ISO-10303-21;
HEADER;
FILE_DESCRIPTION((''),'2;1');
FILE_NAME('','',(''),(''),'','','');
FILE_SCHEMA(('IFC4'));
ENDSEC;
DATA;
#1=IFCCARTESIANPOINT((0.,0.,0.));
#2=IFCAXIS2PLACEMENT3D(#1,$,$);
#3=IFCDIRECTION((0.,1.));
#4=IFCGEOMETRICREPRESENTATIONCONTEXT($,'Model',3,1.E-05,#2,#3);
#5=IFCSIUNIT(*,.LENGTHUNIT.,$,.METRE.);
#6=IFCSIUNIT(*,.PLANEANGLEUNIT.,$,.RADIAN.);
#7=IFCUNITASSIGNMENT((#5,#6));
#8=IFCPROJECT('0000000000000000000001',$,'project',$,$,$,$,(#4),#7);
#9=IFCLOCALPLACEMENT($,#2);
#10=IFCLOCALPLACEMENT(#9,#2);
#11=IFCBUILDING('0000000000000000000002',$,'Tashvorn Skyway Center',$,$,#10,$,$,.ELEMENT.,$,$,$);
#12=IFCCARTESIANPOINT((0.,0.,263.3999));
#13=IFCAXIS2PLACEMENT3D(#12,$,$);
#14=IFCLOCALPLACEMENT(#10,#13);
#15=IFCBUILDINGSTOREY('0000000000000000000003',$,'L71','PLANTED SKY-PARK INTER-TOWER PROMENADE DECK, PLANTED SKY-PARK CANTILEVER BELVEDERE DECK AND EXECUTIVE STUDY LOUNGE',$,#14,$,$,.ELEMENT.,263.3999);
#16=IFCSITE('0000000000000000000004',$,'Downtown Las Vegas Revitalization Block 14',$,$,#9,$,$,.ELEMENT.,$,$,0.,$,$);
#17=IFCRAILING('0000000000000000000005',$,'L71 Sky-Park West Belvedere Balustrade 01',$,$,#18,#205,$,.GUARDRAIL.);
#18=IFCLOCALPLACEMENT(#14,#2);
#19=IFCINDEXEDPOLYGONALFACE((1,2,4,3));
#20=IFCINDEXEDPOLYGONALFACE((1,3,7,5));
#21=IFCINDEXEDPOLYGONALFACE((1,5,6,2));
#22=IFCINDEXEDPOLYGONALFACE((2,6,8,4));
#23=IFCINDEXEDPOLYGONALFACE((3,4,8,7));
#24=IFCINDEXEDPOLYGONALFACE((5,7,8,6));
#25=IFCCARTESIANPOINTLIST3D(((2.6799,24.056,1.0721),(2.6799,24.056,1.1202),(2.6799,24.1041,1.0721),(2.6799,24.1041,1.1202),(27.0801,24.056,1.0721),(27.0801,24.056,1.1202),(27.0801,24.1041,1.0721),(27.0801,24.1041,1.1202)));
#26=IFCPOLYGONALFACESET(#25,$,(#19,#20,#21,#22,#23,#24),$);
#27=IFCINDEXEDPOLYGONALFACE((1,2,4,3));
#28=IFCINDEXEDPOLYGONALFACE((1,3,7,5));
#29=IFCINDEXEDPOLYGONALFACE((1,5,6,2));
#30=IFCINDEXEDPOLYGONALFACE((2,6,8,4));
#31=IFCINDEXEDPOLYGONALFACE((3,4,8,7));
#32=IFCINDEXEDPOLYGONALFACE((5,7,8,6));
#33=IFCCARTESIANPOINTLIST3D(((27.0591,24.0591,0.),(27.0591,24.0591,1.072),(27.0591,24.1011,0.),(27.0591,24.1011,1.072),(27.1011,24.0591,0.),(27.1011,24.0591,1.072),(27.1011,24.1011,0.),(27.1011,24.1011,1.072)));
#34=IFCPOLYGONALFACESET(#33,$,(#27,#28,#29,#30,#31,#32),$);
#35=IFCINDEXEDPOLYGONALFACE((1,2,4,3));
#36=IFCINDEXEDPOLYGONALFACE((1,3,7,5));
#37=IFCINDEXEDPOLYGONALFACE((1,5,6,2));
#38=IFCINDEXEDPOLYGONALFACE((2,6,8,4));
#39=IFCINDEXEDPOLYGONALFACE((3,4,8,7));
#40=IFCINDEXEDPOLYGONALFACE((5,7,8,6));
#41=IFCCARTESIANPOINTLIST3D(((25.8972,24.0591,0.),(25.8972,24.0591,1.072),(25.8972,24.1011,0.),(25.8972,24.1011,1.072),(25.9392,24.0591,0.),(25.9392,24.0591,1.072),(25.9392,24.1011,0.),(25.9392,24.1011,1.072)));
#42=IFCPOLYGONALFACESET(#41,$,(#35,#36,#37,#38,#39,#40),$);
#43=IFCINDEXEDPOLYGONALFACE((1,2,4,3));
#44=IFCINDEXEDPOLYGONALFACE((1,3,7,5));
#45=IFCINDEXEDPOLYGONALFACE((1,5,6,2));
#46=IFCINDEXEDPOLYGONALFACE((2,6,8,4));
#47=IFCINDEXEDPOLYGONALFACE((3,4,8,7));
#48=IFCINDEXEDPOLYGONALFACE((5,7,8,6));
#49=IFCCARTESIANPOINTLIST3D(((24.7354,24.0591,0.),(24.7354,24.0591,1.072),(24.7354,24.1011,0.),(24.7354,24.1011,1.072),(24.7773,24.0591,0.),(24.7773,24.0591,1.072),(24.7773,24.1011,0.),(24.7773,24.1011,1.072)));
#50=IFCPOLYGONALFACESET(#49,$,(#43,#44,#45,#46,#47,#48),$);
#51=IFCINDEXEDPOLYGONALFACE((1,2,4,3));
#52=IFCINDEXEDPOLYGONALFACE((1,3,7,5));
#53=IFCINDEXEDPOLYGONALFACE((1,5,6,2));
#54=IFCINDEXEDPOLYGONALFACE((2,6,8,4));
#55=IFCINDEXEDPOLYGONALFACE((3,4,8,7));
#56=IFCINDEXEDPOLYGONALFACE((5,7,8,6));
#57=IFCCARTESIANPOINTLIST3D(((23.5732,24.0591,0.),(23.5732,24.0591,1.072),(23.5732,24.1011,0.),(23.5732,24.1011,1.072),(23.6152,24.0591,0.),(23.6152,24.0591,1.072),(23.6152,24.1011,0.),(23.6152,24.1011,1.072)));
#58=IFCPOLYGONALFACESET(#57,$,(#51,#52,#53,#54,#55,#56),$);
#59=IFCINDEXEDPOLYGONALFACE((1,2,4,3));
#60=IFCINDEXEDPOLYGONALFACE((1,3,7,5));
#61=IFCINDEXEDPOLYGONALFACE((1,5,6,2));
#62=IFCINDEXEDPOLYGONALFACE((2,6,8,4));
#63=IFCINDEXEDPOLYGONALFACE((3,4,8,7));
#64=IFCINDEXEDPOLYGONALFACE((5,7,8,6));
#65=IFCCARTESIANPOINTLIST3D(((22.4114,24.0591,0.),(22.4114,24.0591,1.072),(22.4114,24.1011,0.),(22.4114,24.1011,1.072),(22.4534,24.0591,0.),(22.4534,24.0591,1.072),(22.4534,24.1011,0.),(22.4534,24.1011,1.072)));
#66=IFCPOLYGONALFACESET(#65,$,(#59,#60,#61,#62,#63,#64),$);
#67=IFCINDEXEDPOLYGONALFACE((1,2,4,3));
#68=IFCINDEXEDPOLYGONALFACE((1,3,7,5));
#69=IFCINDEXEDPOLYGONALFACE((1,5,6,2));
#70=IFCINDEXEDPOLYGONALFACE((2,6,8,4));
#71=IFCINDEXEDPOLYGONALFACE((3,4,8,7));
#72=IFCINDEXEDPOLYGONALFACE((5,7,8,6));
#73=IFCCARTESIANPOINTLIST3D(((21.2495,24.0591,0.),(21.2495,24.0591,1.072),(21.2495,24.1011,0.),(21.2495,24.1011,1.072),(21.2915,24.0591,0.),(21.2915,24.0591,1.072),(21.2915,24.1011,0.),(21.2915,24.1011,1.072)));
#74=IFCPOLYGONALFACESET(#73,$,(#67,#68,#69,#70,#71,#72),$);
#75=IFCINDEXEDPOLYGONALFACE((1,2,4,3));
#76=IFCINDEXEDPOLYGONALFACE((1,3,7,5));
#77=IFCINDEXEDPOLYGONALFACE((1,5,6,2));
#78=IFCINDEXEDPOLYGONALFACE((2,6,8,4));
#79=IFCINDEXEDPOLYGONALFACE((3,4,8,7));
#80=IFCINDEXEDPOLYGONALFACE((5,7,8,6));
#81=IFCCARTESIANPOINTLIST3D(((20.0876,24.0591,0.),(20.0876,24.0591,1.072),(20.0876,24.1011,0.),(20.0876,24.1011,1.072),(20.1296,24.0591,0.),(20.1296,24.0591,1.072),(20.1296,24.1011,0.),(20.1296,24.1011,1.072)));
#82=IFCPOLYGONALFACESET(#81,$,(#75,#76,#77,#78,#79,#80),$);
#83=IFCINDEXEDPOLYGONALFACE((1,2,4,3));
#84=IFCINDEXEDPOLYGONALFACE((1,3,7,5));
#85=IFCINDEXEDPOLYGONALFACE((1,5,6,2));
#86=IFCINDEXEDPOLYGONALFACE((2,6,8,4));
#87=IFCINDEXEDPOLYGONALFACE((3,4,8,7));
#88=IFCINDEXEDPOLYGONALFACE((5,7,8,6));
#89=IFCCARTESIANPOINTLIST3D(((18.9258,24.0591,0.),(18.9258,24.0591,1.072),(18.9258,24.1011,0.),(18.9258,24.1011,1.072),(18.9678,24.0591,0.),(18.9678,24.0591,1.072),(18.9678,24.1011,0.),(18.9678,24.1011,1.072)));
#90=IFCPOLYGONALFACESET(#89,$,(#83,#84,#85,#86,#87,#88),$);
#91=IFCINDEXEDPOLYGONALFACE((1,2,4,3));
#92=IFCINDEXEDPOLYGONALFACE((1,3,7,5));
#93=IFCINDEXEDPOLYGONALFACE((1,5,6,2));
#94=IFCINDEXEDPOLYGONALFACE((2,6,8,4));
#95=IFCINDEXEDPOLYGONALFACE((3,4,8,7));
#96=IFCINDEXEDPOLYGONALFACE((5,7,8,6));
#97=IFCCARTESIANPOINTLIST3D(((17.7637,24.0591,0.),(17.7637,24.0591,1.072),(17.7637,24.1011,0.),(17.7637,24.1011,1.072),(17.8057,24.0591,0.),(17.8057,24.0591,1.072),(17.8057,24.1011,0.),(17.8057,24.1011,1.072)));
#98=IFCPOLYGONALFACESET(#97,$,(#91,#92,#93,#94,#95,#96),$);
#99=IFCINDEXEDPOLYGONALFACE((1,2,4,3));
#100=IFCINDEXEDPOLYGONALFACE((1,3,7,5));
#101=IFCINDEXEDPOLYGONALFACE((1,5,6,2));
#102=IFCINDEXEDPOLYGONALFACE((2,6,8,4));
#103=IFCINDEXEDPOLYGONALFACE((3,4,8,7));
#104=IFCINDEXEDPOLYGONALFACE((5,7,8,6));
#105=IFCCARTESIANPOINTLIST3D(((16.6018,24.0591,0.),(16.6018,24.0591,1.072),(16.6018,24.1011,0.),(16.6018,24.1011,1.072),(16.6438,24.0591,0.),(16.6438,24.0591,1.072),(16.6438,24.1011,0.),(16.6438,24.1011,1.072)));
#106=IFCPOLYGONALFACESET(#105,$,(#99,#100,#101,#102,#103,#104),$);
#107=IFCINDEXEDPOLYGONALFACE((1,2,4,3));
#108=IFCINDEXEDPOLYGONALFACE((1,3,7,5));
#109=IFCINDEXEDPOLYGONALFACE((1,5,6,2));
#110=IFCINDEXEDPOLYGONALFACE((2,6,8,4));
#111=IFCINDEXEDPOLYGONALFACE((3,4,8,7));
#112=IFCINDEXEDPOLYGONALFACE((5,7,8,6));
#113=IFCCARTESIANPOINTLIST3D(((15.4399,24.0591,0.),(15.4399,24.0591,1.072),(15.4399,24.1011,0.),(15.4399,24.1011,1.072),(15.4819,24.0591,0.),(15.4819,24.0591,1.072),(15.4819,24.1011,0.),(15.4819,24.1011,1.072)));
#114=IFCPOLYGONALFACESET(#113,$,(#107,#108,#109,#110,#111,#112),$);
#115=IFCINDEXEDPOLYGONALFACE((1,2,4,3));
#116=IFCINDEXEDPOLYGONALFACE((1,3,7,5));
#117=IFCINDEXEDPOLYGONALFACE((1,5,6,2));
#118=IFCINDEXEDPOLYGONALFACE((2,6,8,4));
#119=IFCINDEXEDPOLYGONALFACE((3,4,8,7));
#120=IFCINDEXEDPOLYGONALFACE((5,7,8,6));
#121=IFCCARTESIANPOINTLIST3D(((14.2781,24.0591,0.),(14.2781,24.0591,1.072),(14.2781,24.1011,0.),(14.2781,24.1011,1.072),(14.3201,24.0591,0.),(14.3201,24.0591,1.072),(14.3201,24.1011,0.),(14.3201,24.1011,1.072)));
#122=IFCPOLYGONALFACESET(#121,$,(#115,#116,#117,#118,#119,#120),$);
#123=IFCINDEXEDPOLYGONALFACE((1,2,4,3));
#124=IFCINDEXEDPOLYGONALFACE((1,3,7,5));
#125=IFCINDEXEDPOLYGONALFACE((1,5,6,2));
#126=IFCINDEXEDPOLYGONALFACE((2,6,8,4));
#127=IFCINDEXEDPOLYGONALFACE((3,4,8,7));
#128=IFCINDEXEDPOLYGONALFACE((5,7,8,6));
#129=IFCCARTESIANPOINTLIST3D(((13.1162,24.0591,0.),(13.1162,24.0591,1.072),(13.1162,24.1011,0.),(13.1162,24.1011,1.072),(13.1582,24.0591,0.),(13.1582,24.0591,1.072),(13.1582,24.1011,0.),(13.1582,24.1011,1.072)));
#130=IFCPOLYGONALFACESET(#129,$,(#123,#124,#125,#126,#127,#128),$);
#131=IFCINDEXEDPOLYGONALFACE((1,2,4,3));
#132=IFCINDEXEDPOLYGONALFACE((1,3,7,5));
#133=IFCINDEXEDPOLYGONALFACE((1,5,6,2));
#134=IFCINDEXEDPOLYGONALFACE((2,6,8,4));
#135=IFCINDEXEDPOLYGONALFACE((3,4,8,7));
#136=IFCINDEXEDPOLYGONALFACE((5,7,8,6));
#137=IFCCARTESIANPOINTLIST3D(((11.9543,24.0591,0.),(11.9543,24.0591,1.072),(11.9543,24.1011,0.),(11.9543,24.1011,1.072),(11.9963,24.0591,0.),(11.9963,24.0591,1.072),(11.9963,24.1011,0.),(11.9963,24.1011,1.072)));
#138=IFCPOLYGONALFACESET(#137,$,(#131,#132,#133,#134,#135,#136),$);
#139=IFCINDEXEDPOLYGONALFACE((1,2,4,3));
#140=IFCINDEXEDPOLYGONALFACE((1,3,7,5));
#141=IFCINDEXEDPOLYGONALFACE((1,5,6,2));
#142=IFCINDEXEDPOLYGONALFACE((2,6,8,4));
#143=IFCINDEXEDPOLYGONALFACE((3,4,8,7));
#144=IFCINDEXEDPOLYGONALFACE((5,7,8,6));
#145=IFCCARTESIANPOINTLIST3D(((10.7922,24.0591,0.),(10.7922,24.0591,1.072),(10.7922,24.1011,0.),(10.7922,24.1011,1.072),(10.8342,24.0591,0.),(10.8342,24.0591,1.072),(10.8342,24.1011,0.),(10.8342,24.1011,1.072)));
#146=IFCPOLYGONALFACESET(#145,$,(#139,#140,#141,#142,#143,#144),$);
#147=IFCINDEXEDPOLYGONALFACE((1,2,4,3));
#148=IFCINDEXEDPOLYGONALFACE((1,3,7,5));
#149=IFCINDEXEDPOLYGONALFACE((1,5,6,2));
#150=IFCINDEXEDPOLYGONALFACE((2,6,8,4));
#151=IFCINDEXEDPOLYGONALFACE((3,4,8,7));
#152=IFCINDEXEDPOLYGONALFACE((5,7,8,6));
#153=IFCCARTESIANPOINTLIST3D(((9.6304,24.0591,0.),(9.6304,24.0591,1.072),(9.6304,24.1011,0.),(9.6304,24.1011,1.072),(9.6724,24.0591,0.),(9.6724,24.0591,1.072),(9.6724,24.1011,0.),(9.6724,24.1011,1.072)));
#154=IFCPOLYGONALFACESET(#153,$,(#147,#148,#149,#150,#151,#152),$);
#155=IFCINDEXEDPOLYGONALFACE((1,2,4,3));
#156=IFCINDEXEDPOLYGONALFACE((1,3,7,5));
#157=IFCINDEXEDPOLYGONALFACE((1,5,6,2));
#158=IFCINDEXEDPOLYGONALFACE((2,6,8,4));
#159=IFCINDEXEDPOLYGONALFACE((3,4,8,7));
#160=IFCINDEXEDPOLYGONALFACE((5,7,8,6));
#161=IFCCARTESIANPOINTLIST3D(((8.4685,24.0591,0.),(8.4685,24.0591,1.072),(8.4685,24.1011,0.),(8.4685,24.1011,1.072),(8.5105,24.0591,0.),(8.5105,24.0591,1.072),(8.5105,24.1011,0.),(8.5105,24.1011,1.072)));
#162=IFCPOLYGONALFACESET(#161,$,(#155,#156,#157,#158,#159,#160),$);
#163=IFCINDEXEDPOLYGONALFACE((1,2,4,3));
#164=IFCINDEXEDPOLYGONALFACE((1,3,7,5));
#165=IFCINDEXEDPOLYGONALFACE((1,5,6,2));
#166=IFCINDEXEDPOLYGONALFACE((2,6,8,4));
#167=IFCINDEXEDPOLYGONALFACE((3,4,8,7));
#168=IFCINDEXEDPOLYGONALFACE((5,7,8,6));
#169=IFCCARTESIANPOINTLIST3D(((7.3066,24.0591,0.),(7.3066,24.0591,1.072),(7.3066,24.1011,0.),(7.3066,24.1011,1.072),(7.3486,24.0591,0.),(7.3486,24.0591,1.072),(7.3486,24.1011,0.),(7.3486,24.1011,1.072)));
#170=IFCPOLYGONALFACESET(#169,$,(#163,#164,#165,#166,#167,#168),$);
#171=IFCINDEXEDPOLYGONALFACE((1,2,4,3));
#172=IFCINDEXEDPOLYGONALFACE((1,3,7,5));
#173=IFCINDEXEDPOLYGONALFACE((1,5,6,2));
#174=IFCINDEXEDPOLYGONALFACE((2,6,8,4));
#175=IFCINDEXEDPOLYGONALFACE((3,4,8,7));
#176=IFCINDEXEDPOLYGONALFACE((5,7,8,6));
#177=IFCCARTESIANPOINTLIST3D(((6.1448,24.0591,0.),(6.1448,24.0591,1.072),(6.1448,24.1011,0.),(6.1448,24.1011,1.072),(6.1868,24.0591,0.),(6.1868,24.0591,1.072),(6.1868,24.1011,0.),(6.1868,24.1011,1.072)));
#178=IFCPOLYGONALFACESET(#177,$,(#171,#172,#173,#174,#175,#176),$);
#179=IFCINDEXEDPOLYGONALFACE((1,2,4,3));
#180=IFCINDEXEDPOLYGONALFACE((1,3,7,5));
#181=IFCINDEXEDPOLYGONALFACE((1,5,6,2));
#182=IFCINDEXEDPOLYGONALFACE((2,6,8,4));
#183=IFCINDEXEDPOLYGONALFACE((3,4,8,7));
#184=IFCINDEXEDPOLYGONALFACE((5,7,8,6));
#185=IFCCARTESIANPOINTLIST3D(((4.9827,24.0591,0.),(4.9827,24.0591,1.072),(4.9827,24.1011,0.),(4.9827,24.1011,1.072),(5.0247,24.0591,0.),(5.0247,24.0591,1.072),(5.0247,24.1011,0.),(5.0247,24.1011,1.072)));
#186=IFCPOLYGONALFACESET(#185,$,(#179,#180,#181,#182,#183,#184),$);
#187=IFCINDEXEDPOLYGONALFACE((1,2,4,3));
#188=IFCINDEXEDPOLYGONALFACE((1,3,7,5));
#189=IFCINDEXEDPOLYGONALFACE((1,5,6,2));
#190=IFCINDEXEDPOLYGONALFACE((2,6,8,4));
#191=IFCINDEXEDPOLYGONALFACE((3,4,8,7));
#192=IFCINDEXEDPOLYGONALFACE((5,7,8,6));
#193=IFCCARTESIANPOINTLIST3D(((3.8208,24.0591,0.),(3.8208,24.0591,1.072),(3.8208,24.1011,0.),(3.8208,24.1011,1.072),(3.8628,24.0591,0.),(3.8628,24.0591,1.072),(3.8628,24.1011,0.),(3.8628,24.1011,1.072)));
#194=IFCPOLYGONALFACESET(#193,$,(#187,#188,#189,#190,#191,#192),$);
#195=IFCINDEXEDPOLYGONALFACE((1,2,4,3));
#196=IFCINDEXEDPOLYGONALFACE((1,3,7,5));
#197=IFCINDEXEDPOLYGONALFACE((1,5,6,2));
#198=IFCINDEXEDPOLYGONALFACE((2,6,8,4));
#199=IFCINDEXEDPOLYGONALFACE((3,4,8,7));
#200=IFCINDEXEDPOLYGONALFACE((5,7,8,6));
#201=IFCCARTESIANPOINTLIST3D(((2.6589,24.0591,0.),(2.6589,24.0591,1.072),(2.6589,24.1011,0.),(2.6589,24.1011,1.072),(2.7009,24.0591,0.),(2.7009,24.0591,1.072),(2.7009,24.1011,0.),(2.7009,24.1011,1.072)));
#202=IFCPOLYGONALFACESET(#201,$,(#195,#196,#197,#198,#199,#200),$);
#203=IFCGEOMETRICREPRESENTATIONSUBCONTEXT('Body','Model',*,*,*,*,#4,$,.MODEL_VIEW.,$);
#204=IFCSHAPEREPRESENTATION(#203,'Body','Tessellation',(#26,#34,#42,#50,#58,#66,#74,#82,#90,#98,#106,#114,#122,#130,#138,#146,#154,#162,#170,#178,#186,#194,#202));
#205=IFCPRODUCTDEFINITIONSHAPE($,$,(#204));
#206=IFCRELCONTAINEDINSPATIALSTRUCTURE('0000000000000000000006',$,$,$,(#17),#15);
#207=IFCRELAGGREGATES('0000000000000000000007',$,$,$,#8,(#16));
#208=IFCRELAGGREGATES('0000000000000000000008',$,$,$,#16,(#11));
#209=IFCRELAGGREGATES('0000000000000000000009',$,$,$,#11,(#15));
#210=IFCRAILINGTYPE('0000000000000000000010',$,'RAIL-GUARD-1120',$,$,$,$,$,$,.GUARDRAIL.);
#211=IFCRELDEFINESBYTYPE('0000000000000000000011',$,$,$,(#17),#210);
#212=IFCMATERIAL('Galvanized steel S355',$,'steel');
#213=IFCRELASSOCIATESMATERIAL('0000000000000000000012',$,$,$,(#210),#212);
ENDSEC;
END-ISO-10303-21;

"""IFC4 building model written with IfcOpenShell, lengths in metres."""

from ifc_helpers import new_model, si_unit, direction, frame, origin, origin_2d, place, context, subcontext, project, spatial, rectangle, extrude, material, type_object, element, save


model = new_model("IFC4")

# Units and contexts
model_context = context("Model", 3, precision=1e-05, world=origin(), true_north=direction((0.0, 1.0)))
body_context = subcontext(model_context, "Body", "Model", "MODEL_VIEW")
ifc_project = project(units=[si_unit("LENGTHUNIT", "METRE"), si_unit("PLANEANGLEUNIT", "RADIAN")], contexts=[model_context])

# Site, building, storey
site_placement = place(None, origin())
site = spatial("IfcSite", under=ifc_project, at=site_placement, Name="Downtown Las Vegas Revitalization Block 14", CompositionType="ELEMENT", RefElevation=0.0)
building_placement = place(site_placement, origin())
building = spatial("IfcBuilding", under=site, at=building_placement, Name="Tashvorn Skyway Center", CompositionType="ELEMENT")
storey_placement = place(building_placement, frame((0.0, 0.0, 263.3999)))
storey = spatial("IfcBuildingStorey", under=building, at=storey_placement, Name="L71", Description="PLANTED SKY-PARK INTER-TOWER PROMENADE DECK, PLANTED SKY-PARK CANTILEVER BELVEDERE DECK AND EXECUTIVE STUDY LOUNGE", CompositionType="ELEMENT", Elevation=263.3999)

# Railing
ifc_material_1 = material(Name="Galvanized steel S355", Category="steel")
railing_type = type_object("IfcRailingType", Name="RAIL-GUARD-1120", PredefinedType="GUARDRAIL", material=ifc_material_1)
railing_placement = place(storey_placement, frame((27.0801, 24.0801, 0.0)))
element("IfcRailing", 1, at=railing_placement, inside=storey, type_object=railing_type, Name="L71 Sky-Park West Belvedere Balustrade 01", PredefinedType="GUARDRAIL", context=body_context, shape_type="SweptSolid", body=[
    extrude(rectangle(XDim=0.0481, YDim=0.0481, at=origin_2d()), frame((0.0, 0.0, 1.0962), z_axis=(-1.0, 0.0, 0.0), x_axis=(0.0, -1.0, 0.0)), (0.0, 0.0, 1.0), 24.4001),
    extrude(rectangle(XDim=0.042, YDim=0.042, at=origin_2d()), origin(), (0.0, 0.0, 1.0), 1.072),
    extrude(rectangle(XDim=0.042, YDim=0.042, at=origin_2d()), frame((-1.1619, 0.0, 0.0)), (0.0, 0.0, 1.0), 1.072),
    extrude(rectangle(XDim=0.042, YDim=0.042, at=origin_2d()), frame((-2.3237, 0.0, 0.0)), (0.0, 0.0, 1.0), 1.072),
    extrude(rectangle(XDim=0.042, YDim=0.042, at=origin_2d()), frame((-3.4858, 0.0, 0.0)), (0.0, 0.0, 1.0), 1.072),
    extrude(rectangle(XDim=0.042, YDim=0.042, at=origin_2d()), frame((-4.6477, 0.0, 0.0)), (0.0, 0.0, 1.0), 1.072),
    extrude(rectangle(XDim=0.042, YDim=0.042, at=origin_2d()), frame((-5.8096, 0.0, 0.0)), (0.0, 0.0, 1.0), 1.072),
    extrude(rectangle(XDim=0.042, YDim=0.042, at=origin_2d()), frame((-6.9714, 0.0, 0.0)), (0.0, 0.0, 1.0), 1.072),
    extrude(rectangle(XDim=0.042, YDim=0.042, at=origin_2d()), frame((-8.1333, 0.0, 0.0)), (0.0, 0.0, 1.0), 1.072),
    extrude(rectangle(XDim=0.042, YDim=0.042, at=origin_2d()), frame((-9.2954, 0.0, 0.0)), (0.0, 0.0, 1.0), 1.072),
    extrude(rectangle(XDim=0.042, YDim=0.042, at=origin_2d()), frame((-10.4573, 0.0, 0.0)), (0.0, 0.0, 1.0), 1.072),
    extrude(rectangle(XDim=0.042, YDim=0.042, at=origin_2d()), frame((-11.6191, 0.0, 0.0)), (0.0, 0.0, 1.0), 1.072),
    extrude(rectangle(XDim=0.042, YDim=0.042, at=origin_2d()), frame((-12.781, 0.0, 0.0)), (0.0, 0.0, 1.0), 1.072),
    extrude(rectangle(XDim=0.042, YDim=0.042, at=origin_2d()), frame((-13.9429, 0.0, 0.0)), (0.0, 0.0, 1.0), 1.072),
    extrude(rectangle(XDim=0.042, YDim=0.042, at=origin_2d()), frame((-15.1047, 0.0, 0.0)), (0.0, 0.0, 1.0), 1.072),
    extrude(rectangle(XDim=0.042, YDim=0.042, at=origin_2d()), frame((-16.2668, 0.0, 0.0)), (0.0, 0.0, 1.0), 1.072),
    extrude(rectangle(XDim=0.042, YDim=0.042, at=origin_2d()), frame((-17.4287, 0.0, 0.0)), (0.0, 0.0, 1.0), 1.072),
    extrude(rectangle(XDim=0.042, YDim=0.042, at=origin_2d()), frame((-18.5906, 0.0, 0.0)), (0.0, 0.0, 1.0), 1.072),
    extrude(rectangle(XDim=0.042, YDim=0.042, at=origin_2d()), frame((-19.7524, 0.0, 0.0)), (0.0, 0.0, 1.0), 1.072),
    extrude(rectangle(XDim=0.042, YDim=0.042, at=origin_2d()), frame((-20.9143, 0.0, 0.0)), (0.0, 0.0, 1.0), 1.072),
    extrude(rectangle(XDim=0.042, YDim=0.042, at=origin_2d()), frame((-22.0764, 0.0, 0.0)), (0.0, 0.0, 1.0), 1.072),
    extrude(rectangle(XDim=0.042, YDim=0.042, at=origin_2d()), frame((-23.2383, 0.0, 0.0)), (0.0, 0.0, 1.0), 1.072),
    extrude(rectangle(XDim=0.042, YDim=0.042, at=origin_2d()), frame((-24.4001, 0.0, 0.0)), (0.0, 0.0, 1.0), 1.072),
])

save(model, "model.ifc")
